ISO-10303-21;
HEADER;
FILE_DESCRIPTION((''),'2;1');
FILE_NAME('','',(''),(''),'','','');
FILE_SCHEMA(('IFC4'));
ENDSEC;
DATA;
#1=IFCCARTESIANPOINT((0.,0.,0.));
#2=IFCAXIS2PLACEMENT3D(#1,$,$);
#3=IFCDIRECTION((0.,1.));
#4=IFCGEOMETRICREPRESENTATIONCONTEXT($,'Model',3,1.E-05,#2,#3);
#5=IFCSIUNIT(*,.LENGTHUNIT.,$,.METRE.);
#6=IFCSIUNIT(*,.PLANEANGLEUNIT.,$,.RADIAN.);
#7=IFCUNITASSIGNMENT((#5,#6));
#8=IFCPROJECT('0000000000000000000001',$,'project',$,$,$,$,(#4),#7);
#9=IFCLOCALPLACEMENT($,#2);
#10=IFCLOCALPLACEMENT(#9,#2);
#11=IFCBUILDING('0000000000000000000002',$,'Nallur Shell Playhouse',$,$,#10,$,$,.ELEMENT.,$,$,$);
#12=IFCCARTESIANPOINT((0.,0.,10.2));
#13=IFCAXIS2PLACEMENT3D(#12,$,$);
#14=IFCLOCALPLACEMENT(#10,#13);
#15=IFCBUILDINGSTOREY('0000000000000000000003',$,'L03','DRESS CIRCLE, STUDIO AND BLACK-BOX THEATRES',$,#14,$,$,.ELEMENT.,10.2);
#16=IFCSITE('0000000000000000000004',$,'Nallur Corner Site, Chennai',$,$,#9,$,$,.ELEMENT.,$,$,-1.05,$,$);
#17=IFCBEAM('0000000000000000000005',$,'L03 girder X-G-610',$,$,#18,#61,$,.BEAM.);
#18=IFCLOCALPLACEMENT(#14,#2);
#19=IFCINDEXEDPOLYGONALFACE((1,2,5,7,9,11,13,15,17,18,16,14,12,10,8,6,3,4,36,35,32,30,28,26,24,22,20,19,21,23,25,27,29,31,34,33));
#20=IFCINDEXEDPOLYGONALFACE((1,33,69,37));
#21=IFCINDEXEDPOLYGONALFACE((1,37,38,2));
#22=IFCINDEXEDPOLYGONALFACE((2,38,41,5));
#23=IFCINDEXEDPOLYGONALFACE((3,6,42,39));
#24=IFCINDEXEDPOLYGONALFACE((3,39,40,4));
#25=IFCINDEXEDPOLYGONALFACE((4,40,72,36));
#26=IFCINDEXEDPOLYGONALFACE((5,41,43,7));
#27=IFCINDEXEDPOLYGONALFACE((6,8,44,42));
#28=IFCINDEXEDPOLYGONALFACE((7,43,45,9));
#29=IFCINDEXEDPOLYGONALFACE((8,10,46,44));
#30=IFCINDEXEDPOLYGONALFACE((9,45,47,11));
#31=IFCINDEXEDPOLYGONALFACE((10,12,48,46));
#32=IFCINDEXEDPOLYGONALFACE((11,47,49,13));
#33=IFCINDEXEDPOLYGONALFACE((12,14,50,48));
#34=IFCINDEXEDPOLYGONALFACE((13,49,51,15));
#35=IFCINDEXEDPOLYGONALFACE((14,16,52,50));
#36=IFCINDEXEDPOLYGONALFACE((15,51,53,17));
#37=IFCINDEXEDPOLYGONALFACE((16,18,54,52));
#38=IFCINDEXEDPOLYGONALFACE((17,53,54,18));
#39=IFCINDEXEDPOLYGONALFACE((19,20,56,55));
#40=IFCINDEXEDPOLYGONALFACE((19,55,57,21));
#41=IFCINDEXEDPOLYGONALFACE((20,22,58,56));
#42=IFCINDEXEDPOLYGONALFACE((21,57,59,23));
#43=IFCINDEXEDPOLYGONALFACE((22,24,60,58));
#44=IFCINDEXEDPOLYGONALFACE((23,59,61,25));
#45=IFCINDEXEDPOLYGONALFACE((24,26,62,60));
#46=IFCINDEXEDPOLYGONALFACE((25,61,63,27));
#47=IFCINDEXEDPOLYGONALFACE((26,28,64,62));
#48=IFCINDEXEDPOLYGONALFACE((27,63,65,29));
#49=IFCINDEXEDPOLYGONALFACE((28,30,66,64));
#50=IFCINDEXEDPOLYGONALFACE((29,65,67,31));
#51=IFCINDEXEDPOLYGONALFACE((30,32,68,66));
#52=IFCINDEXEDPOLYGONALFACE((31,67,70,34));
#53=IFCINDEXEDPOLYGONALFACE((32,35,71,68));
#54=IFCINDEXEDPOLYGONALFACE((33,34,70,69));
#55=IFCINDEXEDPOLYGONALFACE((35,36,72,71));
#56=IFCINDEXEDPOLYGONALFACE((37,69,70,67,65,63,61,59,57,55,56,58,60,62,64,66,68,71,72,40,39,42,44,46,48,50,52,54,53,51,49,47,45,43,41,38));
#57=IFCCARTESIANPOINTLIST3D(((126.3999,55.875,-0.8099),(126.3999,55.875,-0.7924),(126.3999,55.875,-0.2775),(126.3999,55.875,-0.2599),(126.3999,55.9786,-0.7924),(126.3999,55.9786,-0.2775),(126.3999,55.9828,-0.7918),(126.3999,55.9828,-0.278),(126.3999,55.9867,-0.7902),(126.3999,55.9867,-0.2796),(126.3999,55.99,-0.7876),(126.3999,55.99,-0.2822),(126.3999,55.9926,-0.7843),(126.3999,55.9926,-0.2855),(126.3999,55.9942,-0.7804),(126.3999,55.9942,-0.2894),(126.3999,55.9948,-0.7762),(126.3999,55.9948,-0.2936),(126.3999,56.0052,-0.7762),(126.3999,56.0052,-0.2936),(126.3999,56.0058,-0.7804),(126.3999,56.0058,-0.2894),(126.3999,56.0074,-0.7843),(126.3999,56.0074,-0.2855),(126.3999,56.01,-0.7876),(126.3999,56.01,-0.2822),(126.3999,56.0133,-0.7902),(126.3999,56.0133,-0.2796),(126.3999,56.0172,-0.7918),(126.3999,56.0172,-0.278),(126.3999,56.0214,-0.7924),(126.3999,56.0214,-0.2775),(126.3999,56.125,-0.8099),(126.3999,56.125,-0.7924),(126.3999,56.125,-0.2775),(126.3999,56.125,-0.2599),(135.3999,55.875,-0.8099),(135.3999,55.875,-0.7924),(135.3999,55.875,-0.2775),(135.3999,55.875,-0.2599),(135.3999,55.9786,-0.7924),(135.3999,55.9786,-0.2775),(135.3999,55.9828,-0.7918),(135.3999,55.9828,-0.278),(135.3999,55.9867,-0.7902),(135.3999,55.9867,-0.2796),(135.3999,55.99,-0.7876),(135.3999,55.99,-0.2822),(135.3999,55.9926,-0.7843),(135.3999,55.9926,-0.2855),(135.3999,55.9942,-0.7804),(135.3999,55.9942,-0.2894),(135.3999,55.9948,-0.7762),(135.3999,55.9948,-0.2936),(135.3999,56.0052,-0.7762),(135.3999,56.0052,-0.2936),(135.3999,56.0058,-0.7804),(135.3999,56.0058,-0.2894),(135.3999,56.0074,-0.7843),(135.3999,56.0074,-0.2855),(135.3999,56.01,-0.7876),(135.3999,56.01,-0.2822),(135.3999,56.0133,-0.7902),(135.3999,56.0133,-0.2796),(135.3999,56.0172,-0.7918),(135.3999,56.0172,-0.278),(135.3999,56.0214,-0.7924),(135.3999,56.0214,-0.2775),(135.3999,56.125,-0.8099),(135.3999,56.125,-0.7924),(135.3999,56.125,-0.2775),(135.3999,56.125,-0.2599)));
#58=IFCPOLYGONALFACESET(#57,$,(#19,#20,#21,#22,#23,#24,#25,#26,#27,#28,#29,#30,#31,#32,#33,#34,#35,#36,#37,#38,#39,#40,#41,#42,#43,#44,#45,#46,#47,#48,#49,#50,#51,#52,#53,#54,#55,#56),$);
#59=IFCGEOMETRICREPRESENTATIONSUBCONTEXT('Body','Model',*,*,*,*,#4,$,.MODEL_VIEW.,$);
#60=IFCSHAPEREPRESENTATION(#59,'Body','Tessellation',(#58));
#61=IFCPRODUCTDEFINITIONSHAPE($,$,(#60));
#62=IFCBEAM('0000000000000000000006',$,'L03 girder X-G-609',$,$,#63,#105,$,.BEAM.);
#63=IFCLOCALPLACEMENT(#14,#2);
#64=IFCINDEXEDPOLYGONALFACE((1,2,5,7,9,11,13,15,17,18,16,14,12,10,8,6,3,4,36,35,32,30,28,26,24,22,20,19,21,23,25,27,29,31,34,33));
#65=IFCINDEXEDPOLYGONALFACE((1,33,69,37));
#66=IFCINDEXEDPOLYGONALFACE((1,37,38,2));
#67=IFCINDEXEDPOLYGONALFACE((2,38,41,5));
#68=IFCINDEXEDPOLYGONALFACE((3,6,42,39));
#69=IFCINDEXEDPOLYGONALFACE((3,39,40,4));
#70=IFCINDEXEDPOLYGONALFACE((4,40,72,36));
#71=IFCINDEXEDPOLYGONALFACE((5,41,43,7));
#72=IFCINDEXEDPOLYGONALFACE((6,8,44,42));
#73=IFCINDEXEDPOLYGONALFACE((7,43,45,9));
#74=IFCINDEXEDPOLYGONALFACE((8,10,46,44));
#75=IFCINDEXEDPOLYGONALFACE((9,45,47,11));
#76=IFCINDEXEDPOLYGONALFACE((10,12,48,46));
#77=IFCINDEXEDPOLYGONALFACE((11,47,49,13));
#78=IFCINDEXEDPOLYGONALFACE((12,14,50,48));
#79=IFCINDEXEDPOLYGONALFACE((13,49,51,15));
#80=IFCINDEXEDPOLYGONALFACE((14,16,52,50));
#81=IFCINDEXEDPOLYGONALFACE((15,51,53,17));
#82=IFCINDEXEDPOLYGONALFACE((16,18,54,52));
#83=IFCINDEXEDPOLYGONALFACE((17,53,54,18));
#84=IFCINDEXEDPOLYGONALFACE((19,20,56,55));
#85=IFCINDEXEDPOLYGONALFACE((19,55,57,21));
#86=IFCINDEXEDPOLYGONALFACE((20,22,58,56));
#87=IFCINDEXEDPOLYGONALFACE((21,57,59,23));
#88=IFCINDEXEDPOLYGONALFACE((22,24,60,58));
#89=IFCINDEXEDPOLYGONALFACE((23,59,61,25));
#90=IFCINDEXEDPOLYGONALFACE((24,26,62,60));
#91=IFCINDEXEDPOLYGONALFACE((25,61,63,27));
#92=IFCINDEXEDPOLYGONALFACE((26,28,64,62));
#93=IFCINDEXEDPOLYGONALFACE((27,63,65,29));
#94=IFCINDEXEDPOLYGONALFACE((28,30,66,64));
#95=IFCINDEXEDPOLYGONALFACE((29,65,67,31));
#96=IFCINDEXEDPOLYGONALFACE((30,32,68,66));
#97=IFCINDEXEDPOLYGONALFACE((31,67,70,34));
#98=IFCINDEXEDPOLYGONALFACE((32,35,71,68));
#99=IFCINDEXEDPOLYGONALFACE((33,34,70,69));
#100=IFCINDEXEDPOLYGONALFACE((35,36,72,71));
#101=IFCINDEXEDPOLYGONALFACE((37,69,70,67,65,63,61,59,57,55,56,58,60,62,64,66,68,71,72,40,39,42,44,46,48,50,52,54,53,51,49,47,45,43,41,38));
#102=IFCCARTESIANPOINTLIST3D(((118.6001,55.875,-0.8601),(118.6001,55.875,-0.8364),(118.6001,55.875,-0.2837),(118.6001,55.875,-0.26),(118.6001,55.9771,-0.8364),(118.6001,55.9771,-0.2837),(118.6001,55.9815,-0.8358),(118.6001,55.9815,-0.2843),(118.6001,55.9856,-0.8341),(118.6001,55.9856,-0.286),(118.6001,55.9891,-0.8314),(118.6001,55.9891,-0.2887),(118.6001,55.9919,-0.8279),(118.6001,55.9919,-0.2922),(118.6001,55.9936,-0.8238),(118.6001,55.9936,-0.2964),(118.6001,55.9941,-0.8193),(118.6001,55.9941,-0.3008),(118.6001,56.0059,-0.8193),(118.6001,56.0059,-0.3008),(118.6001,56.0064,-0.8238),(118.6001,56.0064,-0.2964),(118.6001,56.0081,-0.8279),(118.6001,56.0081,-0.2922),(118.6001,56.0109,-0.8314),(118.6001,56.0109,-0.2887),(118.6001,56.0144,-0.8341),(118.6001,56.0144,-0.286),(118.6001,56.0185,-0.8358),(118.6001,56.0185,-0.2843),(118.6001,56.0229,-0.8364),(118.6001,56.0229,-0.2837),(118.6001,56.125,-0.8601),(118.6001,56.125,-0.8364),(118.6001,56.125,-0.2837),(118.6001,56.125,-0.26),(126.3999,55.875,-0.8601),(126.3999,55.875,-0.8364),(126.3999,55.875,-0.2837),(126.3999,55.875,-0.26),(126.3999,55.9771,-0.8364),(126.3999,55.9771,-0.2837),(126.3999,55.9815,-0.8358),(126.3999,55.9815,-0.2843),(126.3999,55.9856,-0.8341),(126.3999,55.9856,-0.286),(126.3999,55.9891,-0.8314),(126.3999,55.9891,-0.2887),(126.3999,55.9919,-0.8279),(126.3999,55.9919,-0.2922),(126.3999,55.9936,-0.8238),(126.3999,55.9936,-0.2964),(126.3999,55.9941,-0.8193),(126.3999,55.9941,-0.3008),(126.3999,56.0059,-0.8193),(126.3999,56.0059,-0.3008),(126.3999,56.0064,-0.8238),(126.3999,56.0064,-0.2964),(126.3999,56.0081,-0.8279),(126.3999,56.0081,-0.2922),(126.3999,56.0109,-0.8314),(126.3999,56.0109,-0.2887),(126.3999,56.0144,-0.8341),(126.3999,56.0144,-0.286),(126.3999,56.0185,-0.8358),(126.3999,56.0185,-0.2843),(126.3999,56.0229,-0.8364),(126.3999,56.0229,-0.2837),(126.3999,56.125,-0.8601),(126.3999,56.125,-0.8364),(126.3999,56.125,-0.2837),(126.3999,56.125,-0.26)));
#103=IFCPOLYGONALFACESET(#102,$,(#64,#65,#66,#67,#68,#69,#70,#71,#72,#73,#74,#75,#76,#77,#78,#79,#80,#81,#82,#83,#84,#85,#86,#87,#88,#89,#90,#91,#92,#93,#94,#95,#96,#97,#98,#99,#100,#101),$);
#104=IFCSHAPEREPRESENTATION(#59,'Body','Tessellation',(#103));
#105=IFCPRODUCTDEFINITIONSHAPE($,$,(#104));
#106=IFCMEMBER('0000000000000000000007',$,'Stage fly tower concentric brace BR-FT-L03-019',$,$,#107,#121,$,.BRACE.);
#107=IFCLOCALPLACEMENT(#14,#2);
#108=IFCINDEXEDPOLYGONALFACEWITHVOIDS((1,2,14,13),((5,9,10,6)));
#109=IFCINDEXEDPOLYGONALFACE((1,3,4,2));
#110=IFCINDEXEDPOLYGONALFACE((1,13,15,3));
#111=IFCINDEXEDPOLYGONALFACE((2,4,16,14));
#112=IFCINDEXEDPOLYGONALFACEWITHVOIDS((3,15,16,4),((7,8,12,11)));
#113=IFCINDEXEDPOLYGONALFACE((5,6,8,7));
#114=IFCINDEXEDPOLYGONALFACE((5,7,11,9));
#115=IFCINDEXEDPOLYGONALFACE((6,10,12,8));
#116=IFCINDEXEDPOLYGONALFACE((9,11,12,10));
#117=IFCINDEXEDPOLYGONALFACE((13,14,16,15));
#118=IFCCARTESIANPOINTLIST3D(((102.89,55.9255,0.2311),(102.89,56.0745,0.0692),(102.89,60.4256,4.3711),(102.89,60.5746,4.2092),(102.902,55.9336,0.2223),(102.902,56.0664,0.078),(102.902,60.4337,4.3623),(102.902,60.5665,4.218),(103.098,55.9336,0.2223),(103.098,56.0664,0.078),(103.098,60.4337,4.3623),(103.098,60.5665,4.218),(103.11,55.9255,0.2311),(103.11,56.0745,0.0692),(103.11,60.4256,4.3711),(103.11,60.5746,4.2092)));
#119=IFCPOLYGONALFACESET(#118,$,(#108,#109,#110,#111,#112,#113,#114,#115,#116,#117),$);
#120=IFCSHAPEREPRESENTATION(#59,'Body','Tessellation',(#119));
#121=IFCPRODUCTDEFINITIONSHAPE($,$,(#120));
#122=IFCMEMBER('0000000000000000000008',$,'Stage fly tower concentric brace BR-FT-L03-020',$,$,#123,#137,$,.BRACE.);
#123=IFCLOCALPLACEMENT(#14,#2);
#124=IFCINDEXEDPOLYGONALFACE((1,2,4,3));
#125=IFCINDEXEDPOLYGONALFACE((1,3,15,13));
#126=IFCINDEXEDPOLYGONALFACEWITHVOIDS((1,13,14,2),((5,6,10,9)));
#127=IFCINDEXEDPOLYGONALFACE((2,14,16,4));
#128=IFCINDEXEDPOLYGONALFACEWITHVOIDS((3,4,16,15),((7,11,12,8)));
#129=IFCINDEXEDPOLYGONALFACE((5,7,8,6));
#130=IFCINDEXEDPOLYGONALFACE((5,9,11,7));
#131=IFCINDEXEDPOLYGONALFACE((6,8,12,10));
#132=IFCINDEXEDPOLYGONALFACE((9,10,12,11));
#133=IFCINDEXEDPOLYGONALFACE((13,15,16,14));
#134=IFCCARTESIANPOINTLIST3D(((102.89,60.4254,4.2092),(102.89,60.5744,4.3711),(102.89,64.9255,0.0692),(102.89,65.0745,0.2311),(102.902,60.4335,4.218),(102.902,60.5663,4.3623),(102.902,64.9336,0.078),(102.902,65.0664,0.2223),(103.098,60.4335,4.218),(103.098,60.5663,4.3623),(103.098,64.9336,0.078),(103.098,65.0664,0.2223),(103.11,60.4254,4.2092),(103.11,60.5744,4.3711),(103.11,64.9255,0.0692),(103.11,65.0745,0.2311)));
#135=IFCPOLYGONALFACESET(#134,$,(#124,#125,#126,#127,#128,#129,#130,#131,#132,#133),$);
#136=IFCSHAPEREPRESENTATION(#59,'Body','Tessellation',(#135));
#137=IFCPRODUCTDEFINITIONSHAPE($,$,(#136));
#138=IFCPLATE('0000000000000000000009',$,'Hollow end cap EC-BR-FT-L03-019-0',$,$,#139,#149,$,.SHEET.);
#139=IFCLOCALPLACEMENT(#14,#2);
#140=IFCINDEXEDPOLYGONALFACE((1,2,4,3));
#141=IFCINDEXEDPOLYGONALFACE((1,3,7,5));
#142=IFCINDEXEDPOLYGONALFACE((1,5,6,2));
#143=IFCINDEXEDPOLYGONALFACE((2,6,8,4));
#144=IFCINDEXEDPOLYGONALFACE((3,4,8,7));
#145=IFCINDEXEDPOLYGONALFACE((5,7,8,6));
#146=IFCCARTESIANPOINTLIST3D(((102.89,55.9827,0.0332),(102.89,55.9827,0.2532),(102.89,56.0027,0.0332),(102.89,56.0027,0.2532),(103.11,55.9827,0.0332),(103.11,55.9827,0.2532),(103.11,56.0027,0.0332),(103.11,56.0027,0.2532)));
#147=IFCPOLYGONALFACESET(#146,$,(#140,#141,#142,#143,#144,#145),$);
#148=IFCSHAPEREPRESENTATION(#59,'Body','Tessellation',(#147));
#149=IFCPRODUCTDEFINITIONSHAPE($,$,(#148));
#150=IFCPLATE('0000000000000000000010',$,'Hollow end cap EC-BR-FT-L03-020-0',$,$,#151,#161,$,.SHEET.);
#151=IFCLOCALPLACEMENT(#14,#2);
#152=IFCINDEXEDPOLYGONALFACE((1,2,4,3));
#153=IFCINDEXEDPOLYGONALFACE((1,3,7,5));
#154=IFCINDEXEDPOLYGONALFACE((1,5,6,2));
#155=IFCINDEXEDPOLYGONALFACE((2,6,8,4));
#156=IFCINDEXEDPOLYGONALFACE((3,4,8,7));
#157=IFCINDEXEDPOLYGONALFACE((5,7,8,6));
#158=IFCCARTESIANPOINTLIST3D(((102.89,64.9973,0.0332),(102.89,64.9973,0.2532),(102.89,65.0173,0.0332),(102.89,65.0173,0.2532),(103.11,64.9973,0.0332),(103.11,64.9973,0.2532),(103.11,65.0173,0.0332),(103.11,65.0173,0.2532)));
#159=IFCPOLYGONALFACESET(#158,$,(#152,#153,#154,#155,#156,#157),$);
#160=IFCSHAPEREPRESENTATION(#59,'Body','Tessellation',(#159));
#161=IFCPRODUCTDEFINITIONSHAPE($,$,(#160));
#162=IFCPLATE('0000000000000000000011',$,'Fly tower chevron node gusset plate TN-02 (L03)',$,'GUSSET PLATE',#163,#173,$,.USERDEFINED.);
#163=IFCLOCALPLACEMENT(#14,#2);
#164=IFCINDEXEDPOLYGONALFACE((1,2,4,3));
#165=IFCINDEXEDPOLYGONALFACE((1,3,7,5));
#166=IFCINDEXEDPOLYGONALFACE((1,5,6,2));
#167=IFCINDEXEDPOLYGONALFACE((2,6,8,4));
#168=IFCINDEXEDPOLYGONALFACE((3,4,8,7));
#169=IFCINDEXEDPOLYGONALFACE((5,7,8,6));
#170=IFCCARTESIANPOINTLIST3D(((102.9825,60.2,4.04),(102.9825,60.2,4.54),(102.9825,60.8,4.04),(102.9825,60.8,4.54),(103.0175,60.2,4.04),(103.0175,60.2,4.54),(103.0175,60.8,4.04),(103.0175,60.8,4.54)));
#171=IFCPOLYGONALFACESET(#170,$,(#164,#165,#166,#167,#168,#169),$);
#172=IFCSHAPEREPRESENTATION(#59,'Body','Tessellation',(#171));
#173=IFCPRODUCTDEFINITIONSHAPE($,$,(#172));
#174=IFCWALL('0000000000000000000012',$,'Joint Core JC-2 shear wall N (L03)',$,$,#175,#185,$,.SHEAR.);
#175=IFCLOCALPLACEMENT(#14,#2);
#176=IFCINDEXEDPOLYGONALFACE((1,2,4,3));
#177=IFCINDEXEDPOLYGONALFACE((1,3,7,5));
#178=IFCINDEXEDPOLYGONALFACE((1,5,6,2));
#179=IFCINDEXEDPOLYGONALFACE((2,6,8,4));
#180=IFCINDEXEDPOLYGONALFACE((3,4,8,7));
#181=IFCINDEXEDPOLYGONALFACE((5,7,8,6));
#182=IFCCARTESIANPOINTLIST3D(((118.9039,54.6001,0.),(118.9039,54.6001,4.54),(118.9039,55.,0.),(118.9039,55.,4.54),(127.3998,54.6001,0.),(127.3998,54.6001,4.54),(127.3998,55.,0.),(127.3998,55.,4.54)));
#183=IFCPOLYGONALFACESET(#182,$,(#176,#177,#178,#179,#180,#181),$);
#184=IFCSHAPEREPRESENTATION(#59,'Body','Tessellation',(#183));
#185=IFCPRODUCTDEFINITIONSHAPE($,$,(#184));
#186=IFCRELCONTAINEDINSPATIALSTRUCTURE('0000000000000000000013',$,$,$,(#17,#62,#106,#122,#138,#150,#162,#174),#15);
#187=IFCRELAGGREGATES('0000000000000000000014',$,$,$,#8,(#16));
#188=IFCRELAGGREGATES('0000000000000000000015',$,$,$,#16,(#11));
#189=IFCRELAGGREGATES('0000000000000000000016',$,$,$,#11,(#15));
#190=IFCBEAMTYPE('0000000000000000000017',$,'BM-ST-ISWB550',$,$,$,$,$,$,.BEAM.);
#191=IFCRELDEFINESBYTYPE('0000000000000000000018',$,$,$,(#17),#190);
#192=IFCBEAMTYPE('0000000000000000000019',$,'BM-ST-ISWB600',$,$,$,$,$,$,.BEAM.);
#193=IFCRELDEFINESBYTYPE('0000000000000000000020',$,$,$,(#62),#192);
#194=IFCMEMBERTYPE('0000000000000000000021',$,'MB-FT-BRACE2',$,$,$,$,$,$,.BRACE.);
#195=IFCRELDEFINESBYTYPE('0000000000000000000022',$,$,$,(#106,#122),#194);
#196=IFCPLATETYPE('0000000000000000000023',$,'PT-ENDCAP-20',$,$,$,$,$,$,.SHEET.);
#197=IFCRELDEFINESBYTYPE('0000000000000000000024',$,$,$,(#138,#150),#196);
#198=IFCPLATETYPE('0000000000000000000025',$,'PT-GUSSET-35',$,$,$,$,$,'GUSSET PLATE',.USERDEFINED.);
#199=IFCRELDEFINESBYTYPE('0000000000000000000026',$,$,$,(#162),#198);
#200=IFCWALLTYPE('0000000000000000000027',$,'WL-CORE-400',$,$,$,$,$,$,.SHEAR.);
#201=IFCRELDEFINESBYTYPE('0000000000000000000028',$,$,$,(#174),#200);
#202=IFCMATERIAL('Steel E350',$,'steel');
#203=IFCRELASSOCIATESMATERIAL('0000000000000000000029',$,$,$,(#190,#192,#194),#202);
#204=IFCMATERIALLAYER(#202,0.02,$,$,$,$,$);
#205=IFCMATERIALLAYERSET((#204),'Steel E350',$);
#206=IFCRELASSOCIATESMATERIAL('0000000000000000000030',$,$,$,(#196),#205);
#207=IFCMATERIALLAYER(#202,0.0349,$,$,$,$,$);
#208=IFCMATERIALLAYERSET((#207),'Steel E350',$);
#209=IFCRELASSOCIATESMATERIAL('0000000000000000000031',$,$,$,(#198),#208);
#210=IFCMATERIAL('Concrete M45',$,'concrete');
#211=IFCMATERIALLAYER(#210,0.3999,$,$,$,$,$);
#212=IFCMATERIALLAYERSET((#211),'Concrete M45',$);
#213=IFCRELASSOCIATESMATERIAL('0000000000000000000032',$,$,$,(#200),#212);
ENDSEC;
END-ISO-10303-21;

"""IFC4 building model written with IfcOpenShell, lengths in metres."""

from ifc_helpers import new_model, si_unit, direction, frame, frame_2d, origin, origin_2d, place, context, subcontext, project, spatial, rectangle, hollow_rectangle, i_section, extrude, material, layer, layer_set, material_profile, profile_set, type_object, element, save


model = new_model("IFC4")

# Units and contexts
model_context = context("Model", 3, precision=1e-05, world=origin(), true_north=direction((0.0, 1.0)))
body_context = subcontext(model_context, "Body", "Model", "MODEL_VIEW")
ifc_project = project(units=[si_unit("LENGTHUNIT", "METRE"), si_unit("PLANEANGLEUNIT", "RADIAN")], contexts=[model_context])

# Site, building, storey
site_placement = place(None, origin())
site = spatial("IfcSite", under=ifc_project, at=site_placement, Name="Nallur Corner Site, Chennai", CompositionType="ELEMENT", RefElevation=-1.05)
building_placement = place(site_placement, origin())
building = spatial("IfcBuilding", under=site, at=building_placement, Name="Nallur Shell Playhouse", CompositionType="ELEMENT")
storey_placement = place(building_placement, frame((0.0, 0.0, 10.2)))
storey = spatial("IfcBuildingStorey", under=building, at=storey_placement, Name="L03", Description="DRESS CIRCLE, STUDIO AND BLACK-BOX THEATRES", CompositionType="ELEMENT", Elevation=10.2)

# Shared definitions
ifc_material_1 = material(Name="Steel E350", Category="steel")

# Beams
ifc_material_profile_1 = material_profile(ifc_material_1, i_section(OverallWidth=0.25, OverallDepth=0.55, WebThickness=0.0105, FlangeThickness=0.0176, FilletRadius=0.0161, at=origin_2d()), Name="ISWB 550")
ifc_profile_set_1 = profile_set([ifc_material_profile_1], Name="Steel E350")
beam_type_1 = type_object("IfcBeamType", Name="BM-ST-ISWB550", PredefinedType="BEAM", material=ifc_profile_set_1)
beam_1_placement = place(storey_placement, frame((126.3999, 56.0, -0.5349), z_axis=(1.0, 0.0, 0.0), x_axis=(0.0, 1.0, 0.0)))
element("IfcBeam", 1, at=beam_1_placement, inside=storey, type_object=beam_type_1, Name="L03 girder X-G-610", PredefinedType="BEAM", context=body_context, shape_type="SweptSolid", body=[
    extrude(i_section(OverallWidth=0.25, OverallDepth=0.55, WebThickness=0.0105, FlangeThickness=0.0176, FilletRadius=0.0161, at=origin_2d()), origin(), (0.0, 0.0, 1.0), 9.0),
])
ifc_material_profile_2 = material_profile(ifc_material_1, i_section(OverallWidth=0.25, OverallDepth=0.6001, WebThickness=0.0117, FlangeThickness=0.0237, FilletRadius=0.0171, at=origin_2d()), Name="ISWB 600")
ifc_profile_set_2 = profile_set([ifc_material_profile_2], Name="Steel E350")
beam_type_2 = type_object("IfcBeamType", Name="BM-ST-ISWB600", PredefinedType="BEAM", material=ifc_profile_set_2)
beam_2_placement = place(storey_placement, frame((118.6001, 56.0, -0.5601), z_axis=(1.0, 0.0, 0.0), x_axis=(0.0, 1.0, 0.0)))
element("IfcBeam", 2, at=beam_2_placement, inside=storey, type_object=beam_type_2, Name="L03 girder X-G-609", PredefinedType="BEAM", context=body_context, shape_type="SweptSolid", body=[
    extrude(i_section(OverallWidth=0.25, OverallDepth=0.6001, WebThickness=0.0117, FlangeThickness=0.0237, FilletRadius=0.0171, at=origin_2d()), origin(), (0.0, 0.0, 1.0), 7.7998),
])

# Members
ifc_material_profile_3 = material_profile(ifc_material_1, hollow_rectangle(XDim=0.22, YDim=0.22, WallThickness=0.012, at=origin_2d()), Name="SHS 220x220x12")
ifc_profile_set_3 = profile_set([ifc_material_profile_3], Name="Steel E350")
member_type = type_object("IfcMemberType", Name="MB-FT-BRACE2", PredefinedType="BRACE", material=ifc_profile_set_3)
for number, where, z_axis, x_axis, name in (
    (3, (103.0, 56.0, 0.1501), (0.0, 0.73594, 0.677047), (-1.0, 0.0, 0.0), "Stage fly tower concentric brace BR-FT-L03-019"),
    (4, (103.0, 65.0, 0.1501), (0.0, -0.73594, 0.677047), (1.0, 0.0, 0.0), "Stage fly tower concentric brace BR-FT-L03-020"),
):
    element("IfcMember", number, at=place(storey_placement, frame(where, z_axis=z_axis, x_axis=x_axis)), inside=storey, type_object=member_type, Name=name, PredefinedType="BRACE", context=body_context, shape_type="SweptSolid", body=[
        extrude(hollow_rectangle(XDim=0.22, YDim=0.22, WallThickness=0.012, at=origin_2d()), origin(), (0.0, 0.0, 1.0), 6.1147),
    ])

# Plates
ifc_layer_1 = layer(ifc_material_1, 0.02)
ifc_layer_set_1 = layer_set([ifc_layer_1], Name="Steel E350")
plate_type_1 = type_object("IfcPlateType", Name="PT-ENDCAP-20", PredefinedType="SHEET", material=ifc_layer_set_1)
for number, where, z_axis, x_axis, name in (
    (5, (103.0, 55.9927, 0.0332), (0.0, 0.0, 1.0), (1.0, 0.0, 0.0), "Hollow end cap EC-BR-FT-L03-019-0"),
    (6, (103.0, 65.0073, 0.0332), (0.0, 0.0, 1.0), (1.0, 0.0, 0.0), "Hollow end cap EC-BR-FT-L03-020-0"),
):
    element("IfcPlate", number, at=place(storey_placement, frame(where, z_axis=z_axis, x_axis=x_axis)), inside=storey, type_object=plate_type_1, Name=name, PredefinedType="SHEET", context=body_context, shape_type="SweptSolid", body=[
        extrude(rectangle(XDim=0.22, YDim=0.02, at=origin_2d()), origin(), (0.0, 0.0, 1.0), 0.22),
    ])
ifc_layer_2 = layer(ifc_material_1, 0.0349)
ifc_layer_set_2 = layer_set([ifc_layer_2], Name="Steel E350")
plate_type_2 = type_object("IfcPlateType", Name="PT-GUSSET-35", ElementType="GUSSET PLATE", PredefinedType="USERDEFINED", material=ifc_layer_set_2)
plate_placement = place(storey_placement, frame((103.0, 60.5, 4.04), z_axis=(0.0, 0.0, 1.0), x_axis=(1.0, 0.0, 0.0)))
element("IfcPlate", 7, at=plate_placement, inside=storey, type_object=plate_type_2, Name="Fly tower chevron node gusset plate TN-02 (L03)", ObjectType="GUSSET PLATE", PredefinedType="USERDEFINED", context=body_context, shape_type="SweptSolid", body=[
    extrude(rectangle(XDim=0.0349, YDim=0.6001, at=origin_2d()), origin(), (0.0, 0.0, 1.0), 0.5),
])

# Wall
ifc_material_2 = material(Name="Concrete M45", Category="concrete")
ifc_layer_3 = layer(ifc_material_2, 0.3999)
ifc_layer_set_3 = layer_set([ifc_layer_3], Name="Concrete M45")
wall_type_1 = type_object("IfcWallType", Name="WL-CORE-400", PredefinedType="SHEAR", material=ifc_layer_set_3)
wall_1_placement = place(storey_placement, frame((127.3999, 54.8, 0.0), z_axis=(0.0, 0.0, 1.0), x_axis=(-1.0, 0.0, 0.0)))
element("IfcWall", 8, at=wall_1_placement, inside=storey, type_object=wall_type_1, Name="Joint Core JC-2 shear wall N (L03)", PredefinedType="SHEAR", context=body_context, shape_type="SweptSolid", body=[
    extrude(rectangle(XDim=8.4958, YDim=0.3999, at=frame_2d((4.248, 0.0))), origin(), (0.0, 0.0, 1.0), 4.54),
])

save(model, "model.ifc")
